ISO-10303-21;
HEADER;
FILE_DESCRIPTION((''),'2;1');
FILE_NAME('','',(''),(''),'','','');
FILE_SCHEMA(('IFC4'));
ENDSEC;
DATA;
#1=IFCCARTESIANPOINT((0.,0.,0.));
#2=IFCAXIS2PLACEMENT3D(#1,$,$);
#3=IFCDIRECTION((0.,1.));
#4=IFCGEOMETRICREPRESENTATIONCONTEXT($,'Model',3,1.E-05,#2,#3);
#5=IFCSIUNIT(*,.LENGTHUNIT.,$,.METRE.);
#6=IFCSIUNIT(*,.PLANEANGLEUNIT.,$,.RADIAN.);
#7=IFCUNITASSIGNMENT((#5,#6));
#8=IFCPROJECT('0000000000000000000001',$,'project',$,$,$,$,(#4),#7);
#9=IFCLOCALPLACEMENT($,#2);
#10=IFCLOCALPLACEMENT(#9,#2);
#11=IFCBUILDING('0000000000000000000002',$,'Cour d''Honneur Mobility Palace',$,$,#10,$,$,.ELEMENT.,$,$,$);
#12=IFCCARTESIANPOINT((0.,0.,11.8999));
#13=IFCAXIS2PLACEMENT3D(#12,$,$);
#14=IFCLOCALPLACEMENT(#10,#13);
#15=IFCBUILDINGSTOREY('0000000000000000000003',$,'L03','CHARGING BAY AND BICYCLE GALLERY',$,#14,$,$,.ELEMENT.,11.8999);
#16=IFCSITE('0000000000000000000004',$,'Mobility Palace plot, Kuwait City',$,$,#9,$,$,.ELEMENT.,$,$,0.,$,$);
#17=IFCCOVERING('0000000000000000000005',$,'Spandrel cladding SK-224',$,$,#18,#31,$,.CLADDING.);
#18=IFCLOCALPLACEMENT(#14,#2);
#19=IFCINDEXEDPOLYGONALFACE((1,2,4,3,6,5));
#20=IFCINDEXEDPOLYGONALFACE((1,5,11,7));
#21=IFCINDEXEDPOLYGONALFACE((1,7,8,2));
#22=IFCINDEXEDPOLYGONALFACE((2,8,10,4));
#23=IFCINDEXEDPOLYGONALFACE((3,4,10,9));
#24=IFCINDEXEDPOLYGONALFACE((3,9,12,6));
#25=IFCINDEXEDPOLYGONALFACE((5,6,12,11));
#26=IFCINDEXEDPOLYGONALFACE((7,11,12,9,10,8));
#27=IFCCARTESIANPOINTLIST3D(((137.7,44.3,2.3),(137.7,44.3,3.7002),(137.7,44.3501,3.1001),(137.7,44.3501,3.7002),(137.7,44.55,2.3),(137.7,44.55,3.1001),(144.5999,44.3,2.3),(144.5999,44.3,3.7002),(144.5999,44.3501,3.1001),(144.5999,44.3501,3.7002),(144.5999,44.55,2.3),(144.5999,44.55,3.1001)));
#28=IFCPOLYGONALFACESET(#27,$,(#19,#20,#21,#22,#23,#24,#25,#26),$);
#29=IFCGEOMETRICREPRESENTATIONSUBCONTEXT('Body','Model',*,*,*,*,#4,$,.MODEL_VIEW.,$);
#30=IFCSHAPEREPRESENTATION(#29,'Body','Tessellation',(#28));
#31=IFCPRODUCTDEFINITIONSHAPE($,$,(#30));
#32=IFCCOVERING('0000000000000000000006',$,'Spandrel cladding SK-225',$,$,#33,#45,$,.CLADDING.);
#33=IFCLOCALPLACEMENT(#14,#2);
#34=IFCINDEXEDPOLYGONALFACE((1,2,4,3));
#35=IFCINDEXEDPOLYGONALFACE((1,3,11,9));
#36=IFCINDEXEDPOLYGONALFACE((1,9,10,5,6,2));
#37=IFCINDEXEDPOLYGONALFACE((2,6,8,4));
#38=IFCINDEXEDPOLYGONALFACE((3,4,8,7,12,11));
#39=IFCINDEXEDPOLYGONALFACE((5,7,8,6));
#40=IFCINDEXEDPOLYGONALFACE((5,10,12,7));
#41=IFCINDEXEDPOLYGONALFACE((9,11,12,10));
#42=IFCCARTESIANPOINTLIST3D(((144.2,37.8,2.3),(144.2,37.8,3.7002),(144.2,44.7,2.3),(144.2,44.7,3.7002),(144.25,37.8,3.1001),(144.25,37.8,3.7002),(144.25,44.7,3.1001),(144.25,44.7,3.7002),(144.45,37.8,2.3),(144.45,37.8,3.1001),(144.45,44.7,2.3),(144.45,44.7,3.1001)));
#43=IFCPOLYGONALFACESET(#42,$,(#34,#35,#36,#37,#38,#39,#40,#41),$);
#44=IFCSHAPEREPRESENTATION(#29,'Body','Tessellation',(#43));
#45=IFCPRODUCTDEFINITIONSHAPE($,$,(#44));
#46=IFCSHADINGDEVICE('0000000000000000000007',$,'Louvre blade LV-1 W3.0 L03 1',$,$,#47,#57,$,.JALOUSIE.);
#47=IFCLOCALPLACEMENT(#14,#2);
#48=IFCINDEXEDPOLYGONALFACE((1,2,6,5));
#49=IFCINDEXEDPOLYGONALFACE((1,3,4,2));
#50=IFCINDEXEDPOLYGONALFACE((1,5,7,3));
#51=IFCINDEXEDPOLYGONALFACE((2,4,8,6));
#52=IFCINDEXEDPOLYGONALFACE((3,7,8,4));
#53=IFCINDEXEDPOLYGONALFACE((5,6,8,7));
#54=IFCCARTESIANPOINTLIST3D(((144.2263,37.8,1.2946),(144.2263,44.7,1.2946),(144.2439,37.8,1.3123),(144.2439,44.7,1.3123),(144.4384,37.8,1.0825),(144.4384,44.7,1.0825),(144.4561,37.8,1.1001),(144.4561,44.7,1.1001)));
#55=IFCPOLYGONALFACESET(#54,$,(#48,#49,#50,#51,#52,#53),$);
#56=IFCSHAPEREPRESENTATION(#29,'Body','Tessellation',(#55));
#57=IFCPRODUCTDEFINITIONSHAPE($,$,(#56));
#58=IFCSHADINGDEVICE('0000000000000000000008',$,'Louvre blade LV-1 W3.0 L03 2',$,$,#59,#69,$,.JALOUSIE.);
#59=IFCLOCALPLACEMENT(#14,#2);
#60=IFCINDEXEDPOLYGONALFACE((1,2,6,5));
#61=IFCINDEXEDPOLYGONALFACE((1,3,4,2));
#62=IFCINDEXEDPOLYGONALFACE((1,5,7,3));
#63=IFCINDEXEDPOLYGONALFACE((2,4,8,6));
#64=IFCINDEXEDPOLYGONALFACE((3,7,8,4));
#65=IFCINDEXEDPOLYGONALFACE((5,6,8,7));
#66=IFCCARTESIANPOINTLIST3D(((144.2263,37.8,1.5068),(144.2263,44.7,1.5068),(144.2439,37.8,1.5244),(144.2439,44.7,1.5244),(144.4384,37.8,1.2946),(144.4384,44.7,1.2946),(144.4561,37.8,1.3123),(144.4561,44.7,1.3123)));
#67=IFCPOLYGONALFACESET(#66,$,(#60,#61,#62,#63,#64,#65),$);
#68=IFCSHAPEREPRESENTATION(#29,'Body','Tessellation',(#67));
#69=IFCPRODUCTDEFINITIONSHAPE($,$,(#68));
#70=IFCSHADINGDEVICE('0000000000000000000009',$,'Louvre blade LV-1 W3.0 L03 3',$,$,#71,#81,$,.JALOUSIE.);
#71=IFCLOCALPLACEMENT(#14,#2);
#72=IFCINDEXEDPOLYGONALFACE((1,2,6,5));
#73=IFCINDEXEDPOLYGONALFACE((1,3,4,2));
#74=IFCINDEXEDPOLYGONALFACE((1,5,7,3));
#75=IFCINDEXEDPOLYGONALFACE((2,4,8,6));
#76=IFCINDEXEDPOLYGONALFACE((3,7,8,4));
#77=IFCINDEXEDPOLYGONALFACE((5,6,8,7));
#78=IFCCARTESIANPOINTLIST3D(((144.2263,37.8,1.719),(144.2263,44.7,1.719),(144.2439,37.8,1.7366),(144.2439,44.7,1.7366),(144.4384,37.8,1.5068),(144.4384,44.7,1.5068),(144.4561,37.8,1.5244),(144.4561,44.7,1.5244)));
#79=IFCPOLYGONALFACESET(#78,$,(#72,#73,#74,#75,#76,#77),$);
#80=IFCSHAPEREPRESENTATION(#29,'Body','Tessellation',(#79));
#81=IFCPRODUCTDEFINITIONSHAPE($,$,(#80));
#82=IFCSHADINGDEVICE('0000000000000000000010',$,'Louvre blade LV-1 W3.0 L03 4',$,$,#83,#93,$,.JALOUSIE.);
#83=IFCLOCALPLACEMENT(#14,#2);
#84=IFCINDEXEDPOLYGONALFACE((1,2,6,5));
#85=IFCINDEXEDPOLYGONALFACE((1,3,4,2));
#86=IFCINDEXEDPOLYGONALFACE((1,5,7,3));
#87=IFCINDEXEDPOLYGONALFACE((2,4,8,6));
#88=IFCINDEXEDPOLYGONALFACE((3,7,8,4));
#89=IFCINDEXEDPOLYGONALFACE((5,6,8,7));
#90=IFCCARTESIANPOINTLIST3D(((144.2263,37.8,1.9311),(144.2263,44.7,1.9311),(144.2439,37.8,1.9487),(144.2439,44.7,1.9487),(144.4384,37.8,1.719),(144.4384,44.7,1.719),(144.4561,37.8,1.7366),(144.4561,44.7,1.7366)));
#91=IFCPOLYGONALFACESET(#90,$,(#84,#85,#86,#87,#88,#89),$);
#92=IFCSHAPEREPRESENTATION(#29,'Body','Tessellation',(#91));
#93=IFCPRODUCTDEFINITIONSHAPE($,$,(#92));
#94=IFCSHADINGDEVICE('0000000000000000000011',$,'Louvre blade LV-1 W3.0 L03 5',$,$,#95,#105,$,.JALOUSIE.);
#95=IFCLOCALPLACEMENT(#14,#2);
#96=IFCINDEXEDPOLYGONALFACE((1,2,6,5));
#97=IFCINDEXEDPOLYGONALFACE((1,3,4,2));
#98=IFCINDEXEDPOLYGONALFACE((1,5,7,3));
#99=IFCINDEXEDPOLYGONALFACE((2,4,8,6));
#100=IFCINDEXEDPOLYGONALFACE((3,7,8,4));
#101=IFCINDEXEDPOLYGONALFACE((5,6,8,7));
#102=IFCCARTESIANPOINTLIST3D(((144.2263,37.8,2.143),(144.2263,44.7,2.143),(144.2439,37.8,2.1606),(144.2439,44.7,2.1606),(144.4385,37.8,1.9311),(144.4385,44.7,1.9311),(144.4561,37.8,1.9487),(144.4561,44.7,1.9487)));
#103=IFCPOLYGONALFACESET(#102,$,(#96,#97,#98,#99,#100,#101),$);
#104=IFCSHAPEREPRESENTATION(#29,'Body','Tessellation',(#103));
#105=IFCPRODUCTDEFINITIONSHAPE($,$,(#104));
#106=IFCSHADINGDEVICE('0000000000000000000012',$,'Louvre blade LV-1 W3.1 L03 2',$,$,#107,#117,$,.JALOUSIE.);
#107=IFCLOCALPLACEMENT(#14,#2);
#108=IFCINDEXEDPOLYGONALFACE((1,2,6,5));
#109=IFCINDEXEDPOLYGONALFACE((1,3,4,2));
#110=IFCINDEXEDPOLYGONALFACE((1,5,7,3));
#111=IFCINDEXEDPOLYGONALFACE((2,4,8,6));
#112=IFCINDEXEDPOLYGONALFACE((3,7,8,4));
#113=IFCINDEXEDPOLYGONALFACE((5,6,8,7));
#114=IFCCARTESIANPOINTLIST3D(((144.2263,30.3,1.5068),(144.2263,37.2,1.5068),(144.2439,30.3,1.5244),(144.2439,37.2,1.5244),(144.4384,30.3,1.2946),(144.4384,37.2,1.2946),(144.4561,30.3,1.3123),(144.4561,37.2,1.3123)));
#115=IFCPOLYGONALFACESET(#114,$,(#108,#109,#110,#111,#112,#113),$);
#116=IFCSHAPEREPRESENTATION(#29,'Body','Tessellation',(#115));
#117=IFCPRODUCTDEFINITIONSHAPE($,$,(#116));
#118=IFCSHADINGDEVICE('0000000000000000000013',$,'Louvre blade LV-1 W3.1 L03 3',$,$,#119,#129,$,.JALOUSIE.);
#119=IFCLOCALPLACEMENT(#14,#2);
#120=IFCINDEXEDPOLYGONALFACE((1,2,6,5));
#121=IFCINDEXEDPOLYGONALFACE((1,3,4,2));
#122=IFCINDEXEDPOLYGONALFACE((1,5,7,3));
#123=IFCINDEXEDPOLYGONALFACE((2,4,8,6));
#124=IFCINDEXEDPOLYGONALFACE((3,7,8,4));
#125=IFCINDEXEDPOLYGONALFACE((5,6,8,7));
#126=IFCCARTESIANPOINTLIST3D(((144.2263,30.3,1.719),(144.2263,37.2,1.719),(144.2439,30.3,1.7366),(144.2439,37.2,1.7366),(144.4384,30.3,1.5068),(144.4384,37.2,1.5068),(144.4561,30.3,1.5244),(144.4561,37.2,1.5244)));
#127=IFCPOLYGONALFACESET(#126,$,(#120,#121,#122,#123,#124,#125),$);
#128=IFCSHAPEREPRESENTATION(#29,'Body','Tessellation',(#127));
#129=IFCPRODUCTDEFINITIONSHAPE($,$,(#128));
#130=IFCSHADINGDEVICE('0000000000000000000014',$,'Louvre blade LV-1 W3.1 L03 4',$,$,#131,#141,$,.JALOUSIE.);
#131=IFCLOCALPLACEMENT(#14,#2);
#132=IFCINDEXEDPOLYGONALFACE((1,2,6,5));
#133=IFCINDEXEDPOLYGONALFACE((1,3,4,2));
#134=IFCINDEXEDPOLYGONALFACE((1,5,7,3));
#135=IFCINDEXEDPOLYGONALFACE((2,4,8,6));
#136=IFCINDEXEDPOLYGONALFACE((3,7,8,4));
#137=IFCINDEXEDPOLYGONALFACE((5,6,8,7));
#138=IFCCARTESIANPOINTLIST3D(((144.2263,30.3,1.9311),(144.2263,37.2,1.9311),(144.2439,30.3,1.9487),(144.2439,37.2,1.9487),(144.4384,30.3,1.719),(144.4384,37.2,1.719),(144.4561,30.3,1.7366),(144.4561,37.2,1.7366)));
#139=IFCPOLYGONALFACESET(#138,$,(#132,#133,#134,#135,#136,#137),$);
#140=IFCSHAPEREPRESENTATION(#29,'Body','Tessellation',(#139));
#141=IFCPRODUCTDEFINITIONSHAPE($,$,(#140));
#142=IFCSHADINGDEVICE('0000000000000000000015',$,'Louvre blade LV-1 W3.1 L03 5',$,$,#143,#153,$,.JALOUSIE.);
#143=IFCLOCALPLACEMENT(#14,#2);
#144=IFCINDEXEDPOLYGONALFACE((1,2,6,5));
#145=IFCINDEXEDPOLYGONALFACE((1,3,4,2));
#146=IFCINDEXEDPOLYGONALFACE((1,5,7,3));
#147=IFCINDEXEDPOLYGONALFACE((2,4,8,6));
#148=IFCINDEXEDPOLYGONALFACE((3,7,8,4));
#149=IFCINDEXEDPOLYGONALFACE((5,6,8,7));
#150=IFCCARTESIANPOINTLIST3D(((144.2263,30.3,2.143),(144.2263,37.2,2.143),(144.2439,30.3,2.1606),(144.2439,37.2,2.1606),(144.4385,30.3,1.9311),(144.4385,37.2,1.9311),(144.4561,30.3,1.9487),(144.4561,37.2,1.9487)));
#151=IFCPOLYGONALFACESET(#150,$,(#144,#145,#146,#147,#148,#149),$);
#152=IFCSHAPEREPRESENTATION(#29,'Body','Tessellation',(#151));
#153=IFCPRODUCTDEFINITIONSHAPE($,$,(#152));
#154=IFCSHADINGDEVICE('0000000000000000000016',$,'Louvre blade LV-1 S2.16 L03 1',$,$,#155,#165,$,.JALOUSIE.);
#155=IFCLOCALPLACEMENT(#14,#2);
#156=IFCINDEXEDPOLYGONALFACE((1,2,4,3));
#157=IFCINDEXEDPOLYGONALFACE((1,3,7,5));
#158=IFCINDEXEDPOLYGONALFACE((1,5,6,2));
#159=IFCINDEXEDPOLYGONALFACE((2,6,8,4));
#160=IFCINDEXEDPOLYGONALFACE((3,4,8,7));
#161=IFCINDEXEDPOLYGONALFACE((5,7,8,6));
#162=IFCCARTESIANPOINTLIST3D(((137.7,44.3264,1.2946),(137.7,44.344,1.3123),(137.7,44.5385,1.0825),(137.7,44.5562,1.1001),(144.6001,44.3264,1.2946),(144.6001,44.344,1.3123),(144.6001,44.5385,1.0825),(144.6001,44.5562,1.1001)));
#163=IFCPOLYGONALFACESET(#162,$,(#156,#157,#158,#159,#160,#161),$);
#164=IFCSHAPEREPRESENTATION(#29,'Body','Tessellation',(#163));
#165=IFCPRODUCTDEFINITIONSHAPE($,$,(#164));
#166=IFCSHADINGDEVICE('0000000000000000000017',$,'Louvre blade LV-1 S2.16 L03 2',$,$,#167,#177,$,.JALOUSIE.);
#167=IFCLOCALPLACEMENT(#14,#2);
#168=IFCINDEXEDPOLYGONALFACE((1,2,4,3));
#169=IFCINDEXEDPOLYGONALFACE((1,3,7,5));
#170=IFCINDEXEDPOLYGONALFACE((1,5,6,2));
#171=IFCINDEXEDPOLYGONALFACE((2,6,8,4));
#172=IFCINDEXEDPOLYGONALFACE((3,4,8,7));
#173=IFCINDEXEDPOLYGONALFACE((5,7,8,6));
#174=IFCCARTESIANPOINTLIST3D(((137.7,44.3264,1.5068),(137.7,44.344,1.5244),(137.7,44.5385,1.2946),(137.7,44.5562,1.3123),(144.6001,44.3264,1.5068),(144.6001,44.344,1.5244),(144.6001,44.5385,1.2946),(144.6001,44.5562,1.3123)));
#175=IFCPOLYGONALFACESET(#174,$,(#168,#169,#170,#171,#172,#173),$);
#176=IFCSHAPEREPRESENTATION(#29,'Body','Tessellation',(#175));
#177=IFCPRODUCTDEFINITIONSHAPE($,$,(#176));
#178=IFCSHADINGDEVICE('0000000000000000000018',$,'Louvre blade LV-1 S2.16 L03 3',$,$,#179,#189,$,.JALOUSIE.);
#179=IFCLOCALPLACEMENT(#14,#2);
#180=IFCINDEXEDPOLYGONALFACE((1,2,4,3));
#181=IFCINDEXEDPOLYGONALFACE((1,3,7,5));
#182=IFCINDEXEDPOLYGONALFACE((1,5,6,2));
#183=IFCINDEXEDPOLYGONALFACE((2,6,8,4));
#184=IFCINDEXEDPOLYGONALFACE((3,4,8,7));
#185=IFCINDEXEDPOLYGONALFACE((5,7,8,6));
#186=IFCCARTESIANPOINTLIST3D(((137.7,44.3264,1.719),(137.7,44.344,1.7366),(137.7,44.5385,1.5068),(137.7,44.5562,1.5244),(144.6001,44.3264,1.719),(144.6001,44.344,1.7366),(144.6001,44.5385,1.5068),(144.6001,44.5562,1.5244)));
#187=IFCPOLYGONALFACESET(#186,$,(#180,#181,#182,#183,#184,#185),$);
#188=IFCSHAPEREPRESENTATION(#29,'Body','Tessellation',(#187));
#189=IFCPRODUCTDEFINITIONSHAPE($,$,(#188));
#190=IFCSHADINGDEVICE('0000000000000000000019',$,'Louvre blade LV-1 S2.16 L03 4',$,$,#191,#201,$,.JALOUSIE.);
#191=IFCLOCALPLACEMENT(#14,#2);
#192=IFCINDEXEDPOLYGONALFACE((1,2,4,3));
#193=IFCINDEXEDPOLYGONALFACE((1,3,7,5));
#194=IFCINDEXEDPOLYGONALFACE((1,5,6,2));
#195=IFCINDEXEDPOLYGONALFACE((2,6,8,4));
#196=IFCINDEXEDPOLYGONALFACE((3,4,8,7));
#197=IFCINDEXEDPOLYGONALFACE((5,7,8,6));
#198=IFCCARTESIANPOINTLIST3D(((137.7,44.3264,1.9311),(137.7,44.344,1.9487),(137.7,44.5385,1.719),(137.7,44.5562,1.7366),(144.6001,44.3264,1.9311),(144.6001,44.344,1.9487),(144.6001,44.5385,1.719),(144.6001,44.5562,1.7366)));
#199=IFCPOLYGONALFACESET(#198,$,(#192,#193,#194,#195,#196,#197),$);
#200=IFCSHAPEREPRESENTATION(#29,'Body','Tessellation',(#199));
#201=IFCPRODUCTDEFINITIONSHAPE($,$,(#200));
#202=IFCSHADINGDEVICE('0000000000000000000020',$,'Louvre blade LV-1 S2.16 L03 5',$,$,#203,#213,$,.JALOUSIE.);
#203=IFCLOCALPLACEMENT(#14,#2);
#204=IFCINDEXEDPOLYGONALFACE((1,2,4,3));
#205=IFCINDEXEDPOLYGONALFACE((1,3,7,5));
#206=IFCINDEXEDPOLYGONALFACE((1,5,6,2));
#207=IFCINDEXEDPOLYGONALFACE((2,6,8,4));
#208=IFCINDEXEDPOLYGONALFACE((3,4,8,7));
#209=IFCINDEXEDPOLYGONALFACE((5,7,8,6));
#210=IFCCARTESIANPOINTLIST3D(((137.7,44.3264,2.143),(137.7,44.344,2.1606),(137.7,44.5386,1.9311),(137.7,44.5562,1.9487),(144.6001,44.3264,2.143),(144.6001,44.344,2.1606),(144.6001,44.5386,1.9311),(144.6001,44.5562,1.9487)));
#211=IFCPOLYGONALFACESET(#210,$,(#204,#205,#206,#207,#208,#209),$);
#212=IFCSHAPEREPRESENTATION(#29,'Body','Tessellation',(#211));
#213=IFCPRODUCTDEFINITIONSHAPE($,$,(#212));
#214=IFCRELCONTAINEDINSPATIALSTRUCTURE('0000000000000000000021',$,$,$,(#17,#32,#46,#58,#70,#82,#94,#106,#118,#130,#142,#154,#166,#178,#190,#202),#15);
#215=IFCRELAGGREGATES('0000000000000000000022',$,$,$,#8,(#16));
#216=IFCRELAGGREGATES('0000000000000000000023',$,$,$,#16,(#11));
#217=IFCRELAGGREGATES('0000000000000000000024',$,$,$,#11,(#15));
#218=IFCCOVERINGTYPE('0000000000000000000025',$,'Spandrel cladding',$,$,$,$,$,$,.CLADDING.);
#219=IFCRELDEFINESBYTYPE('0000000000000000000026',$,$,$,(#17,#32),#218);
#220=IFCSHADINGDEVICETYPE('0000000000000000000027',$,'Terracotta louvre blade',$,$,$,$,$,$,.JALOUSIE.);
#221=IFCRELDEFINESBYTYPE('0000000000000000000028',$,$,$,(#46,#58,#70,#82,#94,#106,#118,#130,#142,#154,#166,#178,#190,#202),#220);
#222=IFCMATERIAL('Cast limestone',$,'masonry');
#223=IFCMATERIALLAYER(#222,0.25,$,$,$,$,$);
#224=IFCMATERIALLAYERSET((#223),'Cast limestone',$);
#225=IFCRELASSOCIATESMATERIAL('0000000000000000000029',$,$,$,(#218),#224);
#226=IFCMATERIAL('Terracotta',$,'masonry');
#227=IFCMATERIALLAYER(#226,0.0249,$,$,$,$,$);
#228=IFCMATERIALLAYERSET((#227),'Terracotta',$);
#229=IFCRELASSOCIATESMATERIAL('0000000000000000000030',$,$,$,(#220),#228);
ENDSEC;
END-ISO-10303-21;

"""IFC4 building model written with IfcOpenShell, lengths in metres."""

from ifc_helpers import new_model, si_unit, direction, frame, origin, place, context, subcontext, project, spatial, polyline, outline, extrude, material, layer, layer_set, type_object, element, save


model = new_model("IFC4")

# Units and contexts
model_context = context("Model", 3, precision=1e-05, world=origin(), true_north=direction((0.0, 1.0)))
body_context = subcontext(model_context, "Body", "Model", "MODEL_VIEW")
ifc_project = project(units=[si_unit("LENGTHUNIT", "METRE"), si_unit("PLANEANGLEUNIT", "RADIAN")], contexts=[model_context])

# Site, building, storey
site_placement = place(None, origin())
site = spatial("IfcSite", under=ifc_project, at=site_placement, Name="Mobility Palace plot, Kuwait City", CompositionType="ELEMENT", RefElevation=0.0)
building_placement = place(site_placement, origin())
building = spatial("IfcBuilding", under=site, at=building_placement, Name="Cour d'Honneur Mobility Palace", CompositionType="ELEMENT")
storey_placement = place(building_placement, frame((0.0, 0.0, 11.8999)))
storey = spatial("IfcBuildingStorey", under=building, at=storey_placement, Name="L03", Description="CHARGING BAY AND BICYCLE GALLERY", CompositionType="ELEMENT", Elevation=11.8999)

# Coverings
ifc_material_1 = material(Name="Cast limestone", Category="masonry")
ifc_layer_1 = layer(ifc_material_1, 0.25)
ifc_layer_set_1 = layer_set([ifc_layer_1], Name="Cast limestone")
covering_type = type_object("IfcCoveringType", Name="Spandrel cladding", PredefinedType="CLADDING", material=ifc_layer_set_1)
for number, where, z_axis, x_axis, name in (
    (1, (137.7, 44.55, 2.3), (-1.0, 0.0, 0.0), (0.0, -1.0, 0.0), "Spandrel cladding SK-224"),
    (2, (144.45, 44.7, 2.3), (0.0, 1.0, 0.0), (-1.0, 0.0, 0.0), "Spandrel cladding SK-225"),
):
    element("IfcCovering", number, at=place(storey_placement, frame(where, z_axis=z_axis, x_axis=x_axis)), inside=storey, type_object=covering_type, Name=name, PredefinedType="CLADDING", context=body_context, shape_type="SweptSolid", body=[
        extrude(outline(polyline([(0.0, 0.0), (0.25, 0.0), (0.25, 1.4001), (0.2, 1.4001), (0.2, 0.8), (0.0, 0.8), (0.0, 0.0)])), origin(), (0.0, 0.0, -1.0), 6.8999),
    ])

# Shading devices
ifc_material_2 = material(Name="Terracotta", Category="masonry")
ifc_layer_2 = layer(ifc_material_2, 0.0249)
ifc_layer_set_2 = layer_set([ifc_layer_2], Name="Terracotta")
shading_device_type = type_object("IfcShadingDeviceType", Name="Terracotta louvre blade", PredefinedType="JALOUSIE", material=ifc_layer_set_2)
for number, where, z_axis, x_axis, name in (
    (3, (144.4561, 44.7, 1.1001), (0.707107, 0.0, 0.707107), (0.0, -1.0, 0.0), "Louvre blade LV-1 W3.0 L03 1"),
    (4, (144.4561, 44.7, 1.3123), (0.707107, 0.0, 0.707107), (0.0, -1.0, 0.0), "Louvre blade LV-1 W3.0 L03 2"),
    (5, (144.4561, 44.7, 1.5244), (0.707107, 0.0, 0.707107), (0.0, -1.0, 0.0), "Louvre blade LV-1 W3.0 L03 3"),
    (6, (144.4561, 44.7, 1.7366), (0.707107, 0.0, 0.707107), (0.0, -1.0, 0.0), "Louvre blade LV-1 W3.0 L03 4"),
):
    element("IfcShadingDevice", number, at=place(storey_placement, frame(where, z_axis=z_axis, x_axis=x_axis)), inside=storey, type_object=shading_device_type, Name=name, PredefinedType="JALOUSIE", context=body_context, shape_type="SweptSolid", body=[
        extrude(outline(polyline([(0.0, 0.0), (6.8999, 0.0), (6.8999, -0.3), (0.0, -0.3), (0.0, 0.0)])), origin(), (0.0, 0.0, -1.0), 0.0249),
    ])
shading_device_1_placement = place(storey_placement, frame((144.4561, 44.7, 1.9487), z_axis=(0.7067, 0.0, 0.707514), x_axis=(0.0, -1.0, 0.0)))
element("IfcShadingDevice", 7, at=shading_device_1_placement, inside=storey, type_object=shading_device_type, Name="Louvre blade LV-1 W3.0 L03 5", PredefinedType="JALOUSIE", context=body_context, shape_type="SweptSolid", body=[
    extrude(outline(polyline([(0.0, 0.0), (6.8999, 0.0), (6.8999, -0.2999), (0.0, -0.2999), (0.0, 0.0)])), origin(), (0.0, 0.0, -1.0), 0.0249),
])
for number, where, z_axis, x_axis, name in (
    (8, (144.4561, 37.2, 1.3123), (0.707107, 0.0, 0.707107), (0.0, -1.0, 0.0), "Louvre blade LV-1 W3.1 L03 2"),
    (9, (144.4561, 37.2, 1.5244), (0.707107, 0.0, 0.707107), (0.0, -1.0, 0.0), "Louvre blade LV-1 W3.1 L03 3"),
    (10, (144.4561, 37.2, 1.7366), (0.707107, 0.0, 0.707107), (0.0, -1.0, 0.0), "Louvre blade LV-1 W3.1 L03 4"),
):
    element("IfcShadingDevice", number, at=place(storey_placement, frame(where, z_axis=z_axis, x_axis=x_axis)), inside=storey, type_object=shading_device_type, Name=name, PredefinedType="JALOUSIE", context=body_context, shape_type="SweptSolid", body=[
        extrude(outline(polyline([(0.0, 0.0), (6.8999, 0.0), (6.8999, -0.3), (0.0, -0.3), (0.0, 0.0)])), origin(), (0.0, 0.0, -1.0), 0.0249),
    ])
shading_device_2_placement = place(storey_placement, frame((144.4561, 37.2, 1.9487), z_axis=(0.7067, 0.0, 0.707514), x_axis=(0.0, -1.0, 0.0)))
element("IfcShadingDevice", 11, at=shading_device_2_placement, inside=storey, type_object=shading_device_type, Name="Louvre blade LV-1 W3.1 L03 5", PredefinedType="JALOUSIE", context=body_context, shape_type="SweptSolid", body=[
    extrude(outline(polyline([(0.0, 0.0), (6.8999, 0.0), (6.8999, -0.2999), (0.0, -0.2999), (0.0, 0.0)])), origin(), (0.0, 0.0, -1.0), 0.0249),
])
for number, where, z_axis, x_axis, name in (
    (12, (137.7, 44.5562, 1.1001), (0.0, 0.707107, 0.707107), (1.0, 0.0, 0.0), "Louvre blade LV-1 S2.16 L03 1"),
    (13, (137.7, 44.5562, 1.3123), (0.0, 0.707107, 0.707107), (1.0, 0.0, 0.0), "Louvre blade LV-1 S2.16 L03 2"),
    (14, (137.7, 44.5562, 1.5244), (0.0, 0.707107, 0.707107), (1.0, 0.0, 0.0), "Louvre blade LV-1 S2.16 L03 3"),
    (15, (137.7, 44.5562, 1.7366), (0.0, 0.707107, 0.707107), (1.0, 0.0, 0.0), "Louvre blade LV-1 S2.16 L03 4"),
):
    element("IfcShadingDevice", number, at=place(storey_placement, frame(where, z_axis=z_axis, x_axis=x_axis)), inside=storey, type_object=shading_device_type, Name=name, PredefinedType="JALOUSIE", context=body_context, shape_type="SweptSolid", body=[
        extrude(outline(polyline([(0.0, 0.0), (6.9001, 0.0), (6.9001, -0.3), (0.0, -0.3), (0.0, 0.0)])), origin(), (0.0, 0.0, -1.0), 0.0249),
    ])
shading_device_3_placement = place(storey_placement, frame((137.7, 44.5562, 1.9487), z_axis=(0.0, 0.7067, 0.707514), x_axis=(1.0, 0.0, 0.0)))
element("IfcShadingDevice", 16, at=shading_device_3_placement, inside=storey, type_object=shading_device_type, Name="Louvre blade LV-1 S2.16 L03 5", PredefinedType="JALOUSIE", context=body_context, shape_type="SweptSolid", body=[
    extrude(outline(polyline([(0.0, 0.0), (6.9001, 0.0), (6.9001, -0.2999), (0.0, -0.2999), (0.0, 0.0)])), origin(), (0.0, 0.0, -1.0), 0.0249),
])

save(model, "model.ifc")
